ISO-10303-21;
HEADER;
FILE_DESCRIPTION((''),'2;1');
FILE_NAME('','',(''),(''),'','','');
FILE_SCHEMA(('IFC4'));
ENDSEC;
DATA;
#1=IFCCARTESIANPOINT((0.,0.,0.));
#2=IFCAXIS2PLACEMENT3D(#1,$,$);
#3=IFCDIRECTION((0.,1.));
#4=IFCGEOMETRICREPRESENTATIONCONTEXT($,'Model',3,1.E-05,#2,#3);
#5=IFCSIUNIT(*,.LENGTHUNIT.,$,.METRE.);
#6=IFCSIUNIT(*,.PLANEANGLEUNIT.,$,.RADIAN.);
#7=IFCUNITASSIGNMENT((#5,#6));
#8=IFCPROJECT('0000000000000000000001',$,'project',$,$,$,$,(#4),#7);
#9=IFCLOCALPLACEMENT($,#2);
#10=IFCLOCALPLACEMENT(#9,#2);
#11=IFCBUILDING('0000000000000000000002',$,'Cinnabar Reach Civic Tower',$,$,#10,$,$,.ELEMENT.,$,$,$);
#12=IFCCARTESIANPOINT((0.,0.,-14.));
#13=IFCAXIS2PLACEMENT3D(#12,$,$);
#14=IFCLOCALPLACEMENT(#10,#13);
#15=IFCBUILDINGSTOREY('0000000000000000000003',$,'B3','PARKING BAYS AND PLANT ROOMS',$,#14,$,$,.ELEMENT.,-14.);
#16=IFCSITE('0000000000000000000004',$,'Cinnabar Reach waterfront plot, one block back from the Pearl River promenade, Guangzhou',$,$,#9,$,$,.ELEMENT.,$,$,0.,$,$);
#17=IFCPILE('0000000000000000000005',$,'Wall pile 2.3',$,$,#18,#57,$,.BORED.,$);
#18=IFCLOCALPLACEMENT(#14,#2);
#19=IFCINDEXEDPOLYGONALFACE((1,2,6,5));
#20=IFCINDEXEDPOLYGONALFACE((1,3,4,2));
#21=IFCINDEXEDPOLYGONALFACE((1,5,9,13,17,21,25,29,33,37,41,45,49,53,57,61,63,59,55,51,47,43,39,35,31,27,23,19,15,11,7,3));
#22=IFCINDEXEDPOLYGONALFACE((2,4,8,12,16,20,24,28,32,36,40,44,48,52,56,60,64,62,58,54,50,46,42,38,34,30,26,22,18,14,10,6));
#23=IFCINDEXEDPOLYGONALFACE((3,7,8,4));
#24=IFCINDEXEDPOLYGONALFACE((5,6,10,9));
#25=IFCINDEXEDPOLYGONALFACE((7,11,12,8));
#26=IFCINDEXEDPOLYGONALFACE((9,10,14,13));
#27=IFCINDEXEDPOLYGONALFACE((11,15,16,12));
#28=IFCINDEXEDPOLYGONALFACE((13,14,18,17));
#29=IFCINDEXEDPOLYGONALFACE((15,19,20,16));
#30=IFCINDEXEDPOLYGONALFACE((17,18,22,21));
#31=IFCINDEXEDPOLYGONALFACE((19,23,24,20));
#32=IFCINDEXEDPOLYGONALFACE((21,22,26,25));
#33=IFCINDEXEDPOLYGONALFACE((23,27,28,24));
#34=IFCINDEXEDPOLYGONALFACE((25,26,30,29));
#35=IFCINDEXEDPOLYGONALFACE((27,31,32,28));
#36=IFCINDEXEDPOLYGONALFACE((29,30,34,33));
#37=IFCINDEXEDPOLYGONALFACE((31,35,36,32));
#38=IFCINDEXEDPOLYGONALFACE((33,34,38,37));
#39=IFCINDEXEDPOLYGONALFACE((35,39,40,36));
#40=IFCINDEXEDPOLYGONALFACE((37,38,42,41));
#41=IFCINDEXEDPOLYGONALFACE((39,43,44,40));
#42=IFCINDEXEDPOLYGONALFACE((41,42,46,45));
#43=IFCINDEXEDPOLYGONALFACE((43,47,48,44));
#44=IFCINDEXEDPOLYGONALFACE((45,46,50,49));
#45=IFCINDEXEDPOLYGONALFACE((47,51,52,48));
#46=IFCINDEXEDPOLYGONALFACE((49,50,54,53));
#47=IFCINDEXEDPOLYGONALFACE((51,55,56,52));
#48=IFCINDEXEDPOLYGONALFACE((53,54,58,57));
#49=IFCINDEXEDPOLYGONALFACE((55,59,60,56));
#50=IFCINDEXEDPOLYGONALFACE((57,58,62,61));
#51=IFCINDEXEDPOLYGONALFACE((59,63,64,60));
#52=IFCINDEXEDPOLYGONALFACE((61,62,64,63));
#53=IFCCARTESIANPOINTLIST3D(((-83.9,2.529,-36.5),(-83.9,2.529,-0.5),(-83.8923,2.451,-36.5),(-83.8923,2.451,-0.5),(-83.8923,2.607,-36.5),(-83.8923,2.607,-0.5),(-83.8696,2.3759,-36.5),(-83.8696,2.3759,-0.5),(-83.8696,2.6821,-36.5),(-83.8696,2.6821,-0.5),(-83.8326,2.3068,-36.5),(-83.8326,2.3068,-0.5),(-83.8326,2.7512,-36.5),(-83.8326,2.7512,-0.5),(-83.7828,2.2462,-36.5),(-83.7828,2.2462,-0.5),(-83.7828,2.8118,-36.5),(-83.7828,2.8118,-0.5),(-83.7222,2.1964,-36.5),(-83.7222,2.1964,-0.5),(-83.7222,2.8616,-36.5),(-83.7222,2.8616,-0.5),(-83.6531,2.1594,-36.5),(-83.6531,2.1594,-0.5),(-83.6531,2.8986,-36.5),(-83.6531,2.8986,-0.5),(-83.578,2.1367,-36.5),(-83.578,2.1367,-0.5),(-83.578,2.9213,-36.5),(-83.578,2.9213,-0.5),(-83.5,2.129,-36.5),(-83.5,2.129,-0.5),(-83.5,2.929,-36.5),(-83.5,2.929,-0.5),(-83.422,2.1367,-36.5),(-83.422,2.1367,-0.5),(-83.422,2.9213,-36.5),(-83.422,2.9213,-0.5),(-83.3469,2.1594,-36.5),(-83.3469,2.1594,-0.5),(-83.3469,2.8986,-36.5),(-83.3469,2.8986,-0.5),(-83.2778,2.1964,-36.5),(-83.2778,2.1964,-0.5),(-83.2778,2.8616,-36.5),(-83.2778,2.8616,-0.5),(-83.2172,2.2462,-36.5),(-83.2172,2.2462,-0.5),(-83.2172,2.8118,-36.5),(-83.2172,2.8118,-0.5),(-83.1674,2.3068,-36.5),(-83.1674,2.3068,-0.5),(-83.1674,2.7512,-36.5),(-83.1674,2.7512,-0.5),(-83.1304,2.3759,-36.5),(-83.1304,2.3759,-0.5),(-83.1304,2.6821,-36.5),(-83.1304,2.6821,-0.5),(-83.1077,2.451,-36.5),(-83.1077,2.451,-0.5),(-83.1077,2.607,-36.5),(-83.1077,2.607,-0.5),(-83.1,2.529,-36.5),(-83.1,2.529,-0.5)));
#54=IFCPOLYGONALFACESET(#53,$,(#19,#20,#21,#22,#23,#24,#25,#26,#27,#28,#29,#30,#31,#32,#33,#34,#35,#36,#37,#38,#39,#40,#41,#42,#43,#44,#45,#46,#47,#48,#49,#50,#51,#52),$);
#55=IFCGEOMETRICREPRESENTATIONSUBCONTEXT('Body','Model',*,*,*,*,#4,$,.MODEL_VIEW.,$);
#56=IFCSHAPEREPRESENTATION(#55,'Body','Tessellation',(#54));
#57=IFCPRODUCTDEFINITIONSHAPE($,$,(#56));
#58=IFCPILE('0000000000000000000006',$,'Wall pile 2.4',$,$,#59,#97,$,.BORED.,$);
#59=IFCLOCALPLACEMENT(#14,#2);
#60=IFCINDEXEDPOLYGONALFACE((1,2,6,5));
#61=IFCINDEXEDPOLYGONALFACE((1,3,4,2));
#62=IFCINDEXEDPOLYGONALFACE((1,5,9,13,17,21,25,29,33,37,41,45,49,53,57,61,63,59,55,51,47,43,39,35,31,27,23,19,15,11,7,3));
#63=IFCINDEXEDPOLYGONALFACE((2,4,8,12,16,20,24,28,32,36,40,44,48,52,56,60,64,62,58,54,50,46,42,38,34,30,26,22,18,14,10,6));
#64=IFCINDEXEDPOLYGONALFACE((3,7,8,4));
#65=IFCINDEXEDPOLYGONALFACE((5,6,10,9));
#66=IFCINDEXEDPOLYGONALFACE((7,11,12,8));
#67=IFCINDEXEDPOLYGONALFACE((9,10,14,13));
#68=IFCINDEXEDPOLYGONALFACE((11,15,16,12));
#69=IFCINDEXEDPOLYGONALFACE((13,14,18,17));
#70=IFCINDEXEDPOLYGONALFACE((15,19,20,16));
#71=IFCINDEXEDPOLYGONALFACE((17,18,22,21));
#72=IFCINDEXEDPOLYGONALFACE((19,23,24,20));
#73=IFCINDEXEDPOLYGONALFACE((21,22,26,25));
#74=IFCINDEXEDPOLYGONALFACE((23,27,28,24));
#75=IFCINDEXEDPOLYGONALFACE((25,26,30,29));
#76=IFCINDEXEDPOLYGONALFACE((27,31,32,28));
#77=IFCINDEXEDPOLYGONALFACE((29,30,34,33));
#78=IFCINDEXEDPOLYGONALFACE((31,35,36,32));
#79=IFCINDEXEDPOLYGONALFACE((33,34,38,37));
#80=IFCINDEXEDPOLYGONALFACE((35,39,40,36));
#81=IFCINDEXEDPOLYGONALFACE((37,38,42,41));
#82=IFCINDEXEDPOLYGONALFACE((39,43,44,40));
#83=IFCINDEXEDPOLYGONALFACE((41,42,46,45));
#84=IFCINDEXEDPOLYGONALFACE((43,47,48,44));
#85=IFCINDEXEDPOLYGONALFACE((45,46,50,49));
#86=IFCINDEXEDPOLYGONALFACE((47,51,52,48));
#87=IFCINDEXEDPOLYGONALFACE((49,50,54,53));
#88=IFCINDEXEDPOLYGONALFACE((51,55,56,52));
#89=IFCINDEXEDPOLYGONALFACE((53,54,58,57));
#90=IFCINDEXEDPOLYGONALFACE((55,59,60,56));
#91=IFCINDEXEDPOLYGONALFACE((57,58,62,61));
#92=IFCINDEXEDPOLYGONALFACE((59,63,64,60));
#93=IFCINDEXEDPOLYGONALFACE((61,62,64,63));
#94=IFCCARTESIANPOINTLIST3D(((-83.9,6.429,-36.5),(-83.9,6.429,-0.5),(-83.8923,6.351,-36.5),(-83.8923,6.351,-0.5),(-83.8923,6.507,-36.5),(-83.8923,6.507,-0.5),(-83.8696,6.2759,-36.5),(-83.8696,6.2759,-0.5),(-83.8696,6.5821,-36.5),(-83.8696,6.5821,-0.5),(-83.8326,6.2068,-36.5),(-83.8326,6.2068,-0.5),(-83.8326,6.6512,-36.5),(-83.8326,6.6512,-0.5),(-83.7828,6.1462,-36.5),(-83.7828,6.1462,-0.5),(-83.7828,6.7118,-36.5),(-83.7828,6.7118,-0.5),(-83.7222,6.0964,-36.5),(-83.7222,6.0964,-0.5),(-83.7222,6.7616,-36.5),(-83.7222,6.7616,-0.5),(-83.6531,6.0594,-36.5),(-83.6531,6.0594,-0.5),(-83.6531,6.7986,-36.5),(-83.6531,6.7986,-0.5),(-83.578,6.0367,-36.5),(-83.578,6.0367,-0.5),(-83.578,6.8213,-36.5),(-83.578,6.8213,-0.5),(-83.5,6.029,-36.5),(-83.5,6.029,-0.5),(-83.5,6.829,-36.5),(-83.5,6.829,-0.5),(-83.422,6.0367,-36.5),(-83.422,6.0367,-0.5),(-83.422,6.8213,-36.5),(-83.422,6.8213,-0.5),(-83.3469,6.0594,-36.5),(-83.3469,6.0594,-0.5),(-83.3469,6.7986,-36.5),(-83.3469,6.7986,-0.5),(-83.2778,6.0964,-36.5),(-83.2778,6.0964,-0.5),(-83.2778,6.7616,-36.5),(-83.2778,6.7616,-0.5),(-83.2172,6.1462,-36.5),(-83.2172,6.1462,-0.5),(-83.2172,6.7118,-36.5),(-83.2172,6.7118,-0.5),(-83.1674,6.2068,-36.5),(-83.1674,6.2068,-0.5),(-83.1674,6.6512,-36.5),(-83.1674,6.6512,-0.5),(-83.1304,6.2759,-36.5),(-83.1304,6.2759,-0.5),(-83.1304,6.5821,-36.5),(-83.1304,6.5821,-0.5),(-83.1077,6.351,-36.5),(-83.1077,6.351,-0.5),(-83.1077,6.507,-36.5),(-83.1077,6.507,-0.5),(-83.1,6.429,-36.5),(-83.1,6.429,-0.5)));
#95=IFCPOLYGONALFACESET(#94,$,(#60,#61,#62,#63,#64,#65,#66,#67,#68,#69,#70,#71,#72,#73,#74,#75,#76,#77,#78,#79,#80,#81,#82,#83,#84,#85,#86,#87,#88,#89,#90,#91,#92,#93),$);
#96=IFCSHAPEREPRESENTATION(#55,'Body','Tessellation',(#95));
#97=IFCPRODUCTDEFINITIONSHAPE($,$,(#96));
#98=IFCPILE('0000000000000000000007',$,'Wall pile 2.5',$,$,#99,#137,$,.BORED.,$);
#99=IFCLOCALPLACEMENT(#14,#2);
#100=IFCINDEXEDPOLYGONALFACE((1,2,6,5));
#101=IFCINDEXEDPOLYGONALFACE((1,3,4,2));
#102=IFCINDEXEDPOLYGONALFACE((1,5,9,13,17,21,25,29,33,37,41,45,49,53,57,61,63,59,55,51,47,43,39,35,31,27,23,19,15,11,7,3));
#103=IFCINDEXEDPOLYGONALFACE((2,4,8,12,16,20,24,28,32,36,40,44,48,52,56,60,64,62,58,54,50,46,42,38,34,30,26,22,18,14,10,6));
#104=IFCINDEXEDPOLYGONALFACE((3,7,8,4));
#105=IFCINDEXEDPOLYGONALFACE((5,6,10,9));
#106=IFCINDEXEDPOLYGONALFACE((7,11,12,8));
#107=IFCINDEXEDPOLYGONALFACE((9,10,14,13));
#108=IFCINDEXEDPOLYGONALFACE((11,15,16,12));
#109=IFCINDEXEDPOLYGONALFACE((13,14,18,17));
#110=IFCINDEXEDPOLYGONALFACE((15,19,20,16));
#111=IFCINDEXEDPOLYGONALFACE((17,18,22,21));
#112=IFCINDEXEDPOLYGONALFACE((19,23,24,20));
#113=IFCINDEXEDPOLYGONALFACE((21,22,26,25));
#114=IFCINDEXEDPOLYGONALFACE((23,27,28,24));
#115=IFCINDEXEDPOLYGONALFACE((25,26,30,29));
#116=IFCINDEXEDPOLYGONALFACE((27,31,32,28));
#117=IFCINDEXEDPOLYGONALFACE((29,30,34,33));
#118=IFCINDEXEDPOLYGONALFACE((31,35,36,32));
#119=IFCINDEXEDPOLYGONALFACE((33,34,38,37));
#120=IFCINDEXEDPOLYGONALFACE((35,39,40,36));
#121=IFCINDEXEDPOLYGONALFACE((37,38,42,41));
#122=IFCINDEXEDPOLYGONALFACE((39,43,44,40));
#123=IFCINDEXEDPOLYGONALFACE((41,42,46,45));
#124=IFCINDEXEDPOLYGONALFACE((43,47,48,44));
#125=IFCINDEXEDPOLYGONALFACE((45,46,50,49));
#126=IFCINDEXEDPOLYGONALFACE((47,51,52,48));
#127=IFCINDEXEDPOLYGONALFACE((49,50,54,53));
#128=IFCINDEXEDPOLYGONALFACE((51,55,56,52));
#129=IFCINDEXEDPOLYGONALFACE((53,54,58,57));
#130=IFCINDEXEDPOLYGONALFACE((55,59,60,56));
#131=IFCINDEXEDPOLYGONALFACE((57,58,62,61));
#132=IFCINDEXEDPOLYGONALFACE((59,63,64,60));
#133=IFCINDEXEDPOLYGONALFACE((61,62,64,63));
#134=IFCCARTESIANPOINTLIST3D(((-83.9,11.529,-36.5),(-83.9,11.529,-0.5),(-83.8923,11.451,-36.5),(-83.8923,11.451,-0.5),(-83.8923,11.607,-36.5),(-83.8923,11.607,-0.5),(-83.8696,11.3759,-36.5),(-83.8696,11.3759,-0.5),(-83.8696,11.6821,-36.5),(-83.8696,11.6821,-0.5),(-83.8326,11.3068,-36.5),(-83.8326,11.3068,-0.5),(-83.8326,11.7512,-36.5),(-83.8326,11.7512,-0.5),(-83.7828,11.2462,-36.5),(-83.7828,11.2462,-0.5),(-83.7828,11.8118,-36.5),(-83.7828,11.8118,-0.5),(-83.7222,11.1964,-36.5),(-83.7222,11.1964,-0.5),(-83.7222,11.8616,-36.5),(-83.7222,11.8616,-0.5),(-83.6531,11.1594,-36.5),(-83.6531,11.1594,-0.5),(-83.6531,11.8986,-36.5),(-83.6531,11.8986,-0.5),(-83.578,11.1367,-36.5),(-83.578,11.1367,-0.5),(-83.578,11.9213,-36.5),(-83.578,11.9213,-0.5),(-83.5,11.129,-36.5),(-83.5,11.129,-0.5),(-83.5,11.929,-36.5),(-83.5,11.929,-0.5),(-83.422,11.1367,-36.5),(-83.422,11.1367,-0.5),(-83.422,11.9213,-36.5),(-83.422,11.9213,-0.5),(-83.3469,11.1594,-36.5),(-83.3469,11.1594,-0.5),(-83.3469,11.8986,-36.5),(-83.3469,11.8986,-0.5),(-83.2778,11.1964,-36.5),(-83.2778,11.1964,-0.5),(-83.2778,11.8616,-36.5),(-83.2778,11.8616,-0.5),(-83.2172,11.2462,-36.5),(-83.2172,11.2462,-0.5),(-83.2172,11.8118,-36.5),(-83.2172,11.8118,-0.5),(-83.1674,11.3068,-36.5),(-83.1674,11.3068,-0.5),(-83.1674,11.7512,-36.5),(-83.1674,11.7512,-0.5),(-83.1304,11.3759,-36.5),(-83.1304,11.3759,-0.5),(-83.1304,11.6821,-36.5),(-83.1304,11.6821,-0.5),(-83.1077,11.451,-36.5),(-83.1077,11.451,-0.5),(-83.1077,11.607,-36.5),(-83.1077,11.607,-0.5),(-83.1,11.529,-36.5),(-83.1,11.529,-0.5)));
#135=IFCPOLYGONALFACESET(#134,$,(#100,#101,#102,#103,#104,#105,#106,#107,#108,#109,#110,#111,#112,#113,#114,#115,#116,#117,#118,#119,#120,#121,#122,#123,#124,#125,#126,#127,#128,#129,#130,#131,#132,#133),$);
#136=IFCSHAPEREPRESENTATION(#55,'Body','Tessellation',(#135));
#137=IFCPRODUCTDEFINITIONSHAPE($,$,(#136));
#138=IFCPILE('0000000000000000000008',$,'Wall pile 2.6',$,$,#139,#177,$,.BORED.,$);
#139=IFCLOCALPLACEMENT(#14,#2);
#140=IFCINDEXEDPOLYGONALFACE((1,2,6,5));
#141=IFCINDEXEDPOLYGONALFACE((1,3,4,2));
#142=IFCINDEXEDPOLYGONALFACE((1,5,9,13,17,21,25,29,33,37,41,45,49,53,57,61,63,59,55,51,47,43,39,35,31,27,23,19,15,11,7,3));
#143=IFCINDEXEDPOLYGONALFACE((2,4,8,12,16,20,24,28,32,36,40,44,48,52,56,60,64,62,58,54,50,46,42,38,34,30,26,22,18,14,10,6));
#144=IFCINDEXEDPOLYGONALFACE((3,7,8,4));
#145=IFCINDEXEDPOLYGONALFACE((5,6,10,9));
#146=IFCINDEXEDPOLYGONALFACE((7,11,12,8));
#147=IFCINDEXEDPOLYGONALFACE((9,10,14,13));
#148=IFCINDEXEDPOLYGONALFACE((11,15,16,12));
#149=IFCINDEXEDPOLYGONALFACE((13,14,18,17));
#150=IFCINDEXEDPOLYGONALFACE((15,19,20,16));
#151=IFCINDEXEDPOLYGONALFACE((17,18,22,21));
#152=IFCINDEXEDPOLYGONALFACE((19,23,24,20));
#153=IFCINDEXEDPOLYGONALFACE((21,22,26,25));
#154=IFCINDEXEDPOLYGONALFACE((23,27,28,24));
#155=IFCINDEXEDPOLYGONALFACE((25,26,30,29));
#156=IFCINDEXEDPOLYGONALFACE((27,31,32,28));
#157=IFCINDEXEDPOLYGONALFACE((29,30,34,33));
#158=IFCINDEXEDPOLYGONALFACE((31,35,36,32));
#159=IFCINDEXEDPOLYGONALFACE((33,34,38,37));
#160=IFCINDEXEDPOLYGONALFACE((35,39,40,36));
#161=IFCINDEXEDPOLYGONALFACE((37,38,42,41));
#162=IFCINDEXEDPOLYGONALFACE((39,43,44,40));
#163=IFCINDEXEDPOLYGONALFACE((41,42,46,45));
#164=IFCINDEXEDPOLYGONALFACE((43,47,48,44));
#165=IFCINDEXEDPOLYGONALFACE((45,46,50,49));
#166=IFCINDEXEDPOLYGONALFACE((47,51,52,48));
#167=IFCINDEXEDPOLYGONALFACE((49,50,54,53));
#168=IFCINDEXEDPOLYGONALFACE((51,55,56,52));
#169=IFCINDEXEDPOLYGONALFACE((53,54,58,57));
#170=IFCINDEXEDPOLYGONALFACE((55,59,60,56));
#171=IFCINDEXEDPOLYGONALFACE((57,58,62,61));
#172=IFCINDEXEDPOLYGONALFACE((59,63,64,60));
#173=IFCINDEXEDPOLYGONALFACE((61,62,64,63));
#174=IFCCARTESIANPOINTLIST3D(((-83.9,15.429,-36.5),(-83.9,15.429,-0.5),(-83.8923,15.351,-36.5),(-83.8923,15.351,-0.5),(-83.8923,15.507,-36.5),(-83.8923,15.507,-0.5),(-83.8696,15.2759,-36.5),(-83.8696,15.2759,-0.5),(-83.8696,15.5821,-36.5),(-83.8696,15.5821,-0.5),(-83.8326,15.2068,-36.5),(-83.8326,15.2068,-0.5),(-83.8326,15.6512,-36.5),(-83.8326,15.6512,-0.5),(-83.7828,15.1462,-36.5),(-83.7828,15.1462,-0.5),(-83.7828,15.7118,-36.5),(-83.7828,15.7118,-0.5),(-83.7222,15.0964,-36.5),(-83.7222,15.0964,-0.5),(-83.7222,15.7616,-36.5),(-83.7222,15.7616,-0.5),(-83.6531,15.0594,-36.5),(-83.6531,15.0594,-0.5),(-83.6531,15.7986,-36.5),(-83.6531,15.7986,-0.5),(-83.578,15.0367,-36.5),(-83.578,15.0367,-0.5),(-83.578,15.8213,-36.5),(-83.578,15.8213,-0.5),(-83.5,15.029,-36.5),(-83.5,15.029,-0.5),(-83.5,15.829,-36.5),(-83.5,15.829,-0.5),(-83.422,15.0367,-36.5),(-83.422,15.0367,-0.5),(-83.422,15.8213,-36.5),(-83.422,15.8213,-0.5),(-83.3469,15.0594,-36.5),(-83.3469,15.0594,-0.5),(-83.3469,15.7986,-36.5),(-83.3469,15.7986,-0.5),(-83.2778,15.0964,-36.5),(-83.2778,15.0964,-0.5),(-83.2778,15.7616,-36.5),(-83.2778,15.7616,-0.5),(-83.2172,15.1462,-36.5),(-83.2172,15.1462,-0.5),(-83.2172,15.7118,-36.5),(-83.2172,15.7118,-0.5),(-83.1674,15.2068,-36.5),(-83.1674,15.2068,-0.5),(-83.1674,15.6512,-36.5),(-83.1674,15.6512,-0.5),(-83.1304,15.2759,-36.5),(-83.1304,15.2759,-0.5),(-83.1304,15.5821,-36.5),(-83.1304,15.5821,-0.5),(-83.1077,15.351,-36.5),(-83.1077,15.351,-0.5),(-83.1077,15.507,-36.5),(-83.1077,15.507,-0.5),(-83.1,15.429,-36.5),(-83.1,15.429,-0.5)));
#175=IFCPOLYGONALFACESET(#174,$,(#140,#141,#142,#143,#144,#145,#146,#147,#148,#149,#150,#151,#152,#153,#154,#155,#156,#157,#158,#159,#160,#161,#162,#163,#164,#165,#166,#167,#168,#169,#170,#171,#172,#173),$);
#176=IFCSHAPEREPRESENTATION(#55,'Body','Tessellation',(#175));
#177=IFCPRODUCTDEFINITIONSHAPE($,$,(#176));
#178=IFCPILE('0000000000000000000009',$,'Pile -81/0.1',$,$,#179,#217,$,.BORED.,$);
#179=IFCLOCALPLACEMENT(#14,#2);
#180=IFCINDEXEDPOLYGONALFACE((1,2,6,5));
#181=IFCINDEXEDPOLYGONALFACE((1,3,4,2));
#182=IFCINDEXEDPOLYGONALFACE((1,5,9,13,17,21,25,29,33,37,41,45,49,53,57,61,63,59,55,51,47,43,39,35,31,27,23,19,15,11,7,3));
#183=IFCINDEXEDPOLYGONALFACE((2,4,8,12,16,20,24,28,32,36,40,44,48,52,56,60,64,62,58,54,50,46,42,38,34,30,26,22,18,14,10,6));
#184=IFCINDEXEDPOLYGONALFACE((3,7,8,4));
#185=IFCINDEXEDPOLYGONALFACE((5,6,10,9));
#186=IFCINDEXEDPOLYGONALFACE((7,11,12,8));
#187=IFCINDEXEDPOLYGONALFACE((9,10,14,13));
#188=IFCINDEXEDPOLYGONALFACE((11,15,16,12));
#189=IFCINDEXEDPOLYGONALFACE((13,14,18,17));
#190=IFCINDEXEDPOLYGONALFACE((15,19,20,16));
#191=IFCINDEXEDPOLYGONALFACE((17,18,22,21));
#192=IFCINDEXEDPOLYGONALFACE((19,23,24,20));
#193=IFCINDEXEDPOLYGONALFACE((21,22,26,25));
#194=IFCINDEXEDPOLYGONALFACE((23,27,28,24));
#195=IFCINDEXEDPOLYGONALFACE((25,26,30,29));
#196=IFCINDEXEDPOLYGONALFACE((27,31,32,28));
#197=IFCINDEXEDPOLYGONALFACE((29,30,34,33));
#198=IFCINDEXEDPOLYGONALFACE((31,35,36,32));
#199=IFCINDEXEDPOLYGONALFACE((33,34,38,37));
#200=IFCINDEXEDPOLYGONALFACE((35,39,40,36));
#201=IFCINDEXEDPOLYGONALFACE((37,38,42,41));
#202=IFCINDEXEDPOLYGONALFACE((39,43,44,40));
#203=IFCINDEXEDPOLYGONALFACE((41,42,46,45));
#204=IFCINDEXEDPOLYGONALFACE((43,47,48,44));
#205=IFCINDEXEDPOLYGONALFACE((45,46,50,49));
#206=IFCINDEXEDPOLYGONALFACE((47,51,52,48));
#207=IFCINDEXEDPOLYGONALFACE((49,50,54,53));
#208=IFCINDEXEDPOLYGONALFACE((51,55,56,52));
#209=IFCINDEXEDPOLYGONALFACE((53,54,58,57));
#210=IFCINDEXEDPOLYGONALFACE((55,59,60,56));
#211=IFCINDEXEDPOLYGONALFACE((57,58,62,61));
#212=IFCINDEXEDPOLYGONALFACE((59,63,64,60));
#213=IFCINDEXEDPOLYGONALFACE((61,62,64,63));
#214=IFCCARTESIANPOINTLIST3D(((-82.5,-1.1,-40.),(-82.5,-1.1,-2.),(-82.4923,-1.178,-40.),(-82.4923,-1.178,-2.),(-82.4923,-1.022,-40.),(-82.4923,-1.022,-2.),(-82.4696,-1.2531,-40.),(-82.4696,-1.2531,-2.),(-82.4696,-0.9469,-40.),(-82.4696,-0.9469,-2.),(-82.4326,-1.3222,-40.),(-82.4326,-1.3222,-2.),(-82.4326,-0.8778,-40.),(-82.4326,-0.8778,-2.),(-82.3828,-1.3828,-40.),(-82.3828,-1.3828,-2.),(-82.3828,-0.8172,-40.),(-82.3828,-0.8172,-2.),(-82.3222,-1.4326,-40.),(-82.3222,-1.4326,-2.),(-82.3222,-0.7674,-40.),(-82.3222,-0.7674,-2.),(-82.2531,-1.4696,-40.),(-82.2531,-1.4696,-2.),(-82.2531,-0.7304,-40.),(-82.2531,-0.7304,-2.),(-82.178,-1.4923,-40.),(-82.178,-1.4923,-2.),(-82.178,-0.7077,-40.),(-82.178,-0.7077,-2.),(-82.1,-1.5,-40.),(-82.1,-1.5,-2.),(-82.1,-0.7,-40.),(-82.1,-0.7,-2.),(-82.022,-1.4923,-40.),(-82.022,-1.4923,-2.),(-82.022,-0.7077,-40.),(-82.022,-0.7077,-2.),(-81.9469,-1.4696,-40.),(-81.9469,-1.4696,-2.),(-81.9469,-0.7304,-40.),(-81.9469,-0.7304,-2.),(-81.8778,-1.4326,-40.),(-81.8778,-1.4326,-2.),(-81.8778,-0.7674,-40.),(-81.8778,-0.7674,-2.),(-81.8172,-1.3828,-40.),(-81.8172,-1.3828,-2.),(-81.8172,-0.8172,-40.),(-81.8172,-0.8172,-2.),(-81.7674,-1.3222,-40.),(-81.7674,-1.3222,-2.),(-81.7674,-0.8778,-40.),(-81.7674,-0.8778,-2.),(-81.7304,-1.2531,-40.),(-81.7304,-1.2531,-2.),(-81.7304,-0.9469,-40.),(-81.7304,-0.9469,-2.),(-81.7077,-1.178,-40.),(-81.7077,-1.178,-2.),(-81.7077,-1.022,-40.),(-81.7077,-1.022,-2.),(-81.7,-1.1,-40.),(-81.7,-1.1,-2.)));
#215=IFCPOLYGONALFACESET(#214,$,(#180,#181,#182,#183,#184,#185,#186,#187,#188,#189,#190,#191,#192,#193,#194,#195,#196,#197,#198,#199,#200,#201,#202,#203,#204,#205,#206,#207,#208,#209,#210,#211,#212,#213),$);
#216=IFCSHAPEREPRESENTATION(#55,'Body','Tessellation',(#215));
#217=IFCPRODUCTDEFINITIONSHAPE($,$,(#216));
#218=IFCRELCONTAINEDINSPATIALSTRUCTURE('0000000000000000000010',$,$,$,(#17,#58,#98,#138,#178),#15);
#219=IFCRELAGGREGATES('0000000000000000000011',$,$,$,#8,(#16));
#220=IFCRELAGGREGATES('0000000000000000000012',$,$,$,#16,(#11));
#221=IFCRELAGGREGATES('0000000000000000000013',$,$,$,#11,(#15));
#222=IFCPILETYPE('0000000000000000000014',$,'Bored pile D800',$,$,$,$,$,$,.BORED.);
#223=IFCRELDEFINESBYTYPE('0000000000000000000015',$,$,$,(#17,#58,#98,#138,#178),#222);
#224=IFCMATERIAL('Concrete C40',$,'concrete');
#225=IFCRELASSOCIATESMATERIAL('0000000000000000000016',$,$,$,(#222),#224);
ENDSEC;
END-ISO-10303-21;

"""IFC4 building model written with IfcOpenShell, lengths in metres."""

from ifc_helpers import new_model, si_unit, direction, frame, origin, origin_2d, place, context, subcontext, project, spatial, circle, extrude, material, type_object, element, save


model = new_model("IFC4")

# Units and contexts
model_context = context("Model", 3, precision=1e-05, world=origin(), true_north=direction((0.0, 1.0)))
body_context = subcontext(model_context, "Body", "Model", "MODEL_VIEW")
ifc_project = project(units=[si_unit("LENGTHUNIT", "METRE"), si_unit("PLANEANGLEUNIT", "RADIAN")], contexts=[model_context])

# Site, building, storey
site_placement = place(None, origin())
site = spatial("IfcSite", under=ifc_project, at=site_placement, Name="Cinnabar Reach waterfront plot, one block back from the Pearl River promenade, Guangzhou", CompositionType="ELEMENT", RefElevation=0.0)
building_placement = place(site_placement, origin())
building = spatial("IfcBuilding", under=site, at=building_placement, Name="Cinnabar Reach Civic Tower", CompositionType="ELEMENT")
storey_placement = place(building_placement, frame((0.0, 0.0, -14.0)))
storey = spatial("IfcBuildingStorey", under=building, at=storey_placement, Name="B3", Description="PARKING BAYS AND PLANT ROOMS", CompositionType="ELEMENT", Elevation=-14.0)

# Piles
ifc_material_1 = material(Name="Concrete C40", Category="concrete")
pile_type = type_object("IfcPileType", Name="Bored pile D800", PredefinedType="BORED", material=ifc_material_1)
for number, where, z_axis, x_axis, name in (
    (1, (-83.5, 2.529, -0.5), (0.0, 0.0, -1.0), (1.0, 0.0, 0.0), "Wall pile 2.3"),
    (2, (-83.5, 6.429, -0.5), (0.0, 0.0, -1.0), (1.0, 0.0, 0.0), "Wall pile 2.4"),
    (3, (-83.5, 11.529, -0.5), (0.0, 0.0, -1.0), (1.0, 0.0, 0.0), "Wall pile 2.5"),
    (4, (-83.5, 15.429, -0.5), (0.0, 0.0, -1.0), (1.0, 0.0, 0.0), "Wall pile 2.6"),
):
    element("IfcPile", number, at=place(storey_placement, frame(where, z_axis=z_axis, x_axis=x_axis)), inside=storey, type_object=pile_type, Name=name, PredefinedType="BORED", context=body_context, shape_type="SweptSolid", body=[
        extrude(circle(Radius=0.4, at=origin_2d()), origin(), (0.0, 0.0, 1.0), 36.0),
    ])
for number, where, z_axis, x_axis, name in (
    (5, (-82.1, -1.1, -2.0), (0.0, 0.0, -1.0), (1.0, 0.0, 0.0), "Pile -81/0.1"),
):
    element("IfcPile", number, at=place(storey_placement, frame(where, z_axis=z_axis, x_axis=x_axis)), inside=storey, type_object=pile_type, Name=name, PredefinedType="BORED", context=body_context, shape_type="SweptSolid", body=[
        extrude(circle(Radius=0.4, at=origin_2d()), origin(), (0.0, 0.0, 1.0), 38.0),
    ])

save(model, "model.ifc")
